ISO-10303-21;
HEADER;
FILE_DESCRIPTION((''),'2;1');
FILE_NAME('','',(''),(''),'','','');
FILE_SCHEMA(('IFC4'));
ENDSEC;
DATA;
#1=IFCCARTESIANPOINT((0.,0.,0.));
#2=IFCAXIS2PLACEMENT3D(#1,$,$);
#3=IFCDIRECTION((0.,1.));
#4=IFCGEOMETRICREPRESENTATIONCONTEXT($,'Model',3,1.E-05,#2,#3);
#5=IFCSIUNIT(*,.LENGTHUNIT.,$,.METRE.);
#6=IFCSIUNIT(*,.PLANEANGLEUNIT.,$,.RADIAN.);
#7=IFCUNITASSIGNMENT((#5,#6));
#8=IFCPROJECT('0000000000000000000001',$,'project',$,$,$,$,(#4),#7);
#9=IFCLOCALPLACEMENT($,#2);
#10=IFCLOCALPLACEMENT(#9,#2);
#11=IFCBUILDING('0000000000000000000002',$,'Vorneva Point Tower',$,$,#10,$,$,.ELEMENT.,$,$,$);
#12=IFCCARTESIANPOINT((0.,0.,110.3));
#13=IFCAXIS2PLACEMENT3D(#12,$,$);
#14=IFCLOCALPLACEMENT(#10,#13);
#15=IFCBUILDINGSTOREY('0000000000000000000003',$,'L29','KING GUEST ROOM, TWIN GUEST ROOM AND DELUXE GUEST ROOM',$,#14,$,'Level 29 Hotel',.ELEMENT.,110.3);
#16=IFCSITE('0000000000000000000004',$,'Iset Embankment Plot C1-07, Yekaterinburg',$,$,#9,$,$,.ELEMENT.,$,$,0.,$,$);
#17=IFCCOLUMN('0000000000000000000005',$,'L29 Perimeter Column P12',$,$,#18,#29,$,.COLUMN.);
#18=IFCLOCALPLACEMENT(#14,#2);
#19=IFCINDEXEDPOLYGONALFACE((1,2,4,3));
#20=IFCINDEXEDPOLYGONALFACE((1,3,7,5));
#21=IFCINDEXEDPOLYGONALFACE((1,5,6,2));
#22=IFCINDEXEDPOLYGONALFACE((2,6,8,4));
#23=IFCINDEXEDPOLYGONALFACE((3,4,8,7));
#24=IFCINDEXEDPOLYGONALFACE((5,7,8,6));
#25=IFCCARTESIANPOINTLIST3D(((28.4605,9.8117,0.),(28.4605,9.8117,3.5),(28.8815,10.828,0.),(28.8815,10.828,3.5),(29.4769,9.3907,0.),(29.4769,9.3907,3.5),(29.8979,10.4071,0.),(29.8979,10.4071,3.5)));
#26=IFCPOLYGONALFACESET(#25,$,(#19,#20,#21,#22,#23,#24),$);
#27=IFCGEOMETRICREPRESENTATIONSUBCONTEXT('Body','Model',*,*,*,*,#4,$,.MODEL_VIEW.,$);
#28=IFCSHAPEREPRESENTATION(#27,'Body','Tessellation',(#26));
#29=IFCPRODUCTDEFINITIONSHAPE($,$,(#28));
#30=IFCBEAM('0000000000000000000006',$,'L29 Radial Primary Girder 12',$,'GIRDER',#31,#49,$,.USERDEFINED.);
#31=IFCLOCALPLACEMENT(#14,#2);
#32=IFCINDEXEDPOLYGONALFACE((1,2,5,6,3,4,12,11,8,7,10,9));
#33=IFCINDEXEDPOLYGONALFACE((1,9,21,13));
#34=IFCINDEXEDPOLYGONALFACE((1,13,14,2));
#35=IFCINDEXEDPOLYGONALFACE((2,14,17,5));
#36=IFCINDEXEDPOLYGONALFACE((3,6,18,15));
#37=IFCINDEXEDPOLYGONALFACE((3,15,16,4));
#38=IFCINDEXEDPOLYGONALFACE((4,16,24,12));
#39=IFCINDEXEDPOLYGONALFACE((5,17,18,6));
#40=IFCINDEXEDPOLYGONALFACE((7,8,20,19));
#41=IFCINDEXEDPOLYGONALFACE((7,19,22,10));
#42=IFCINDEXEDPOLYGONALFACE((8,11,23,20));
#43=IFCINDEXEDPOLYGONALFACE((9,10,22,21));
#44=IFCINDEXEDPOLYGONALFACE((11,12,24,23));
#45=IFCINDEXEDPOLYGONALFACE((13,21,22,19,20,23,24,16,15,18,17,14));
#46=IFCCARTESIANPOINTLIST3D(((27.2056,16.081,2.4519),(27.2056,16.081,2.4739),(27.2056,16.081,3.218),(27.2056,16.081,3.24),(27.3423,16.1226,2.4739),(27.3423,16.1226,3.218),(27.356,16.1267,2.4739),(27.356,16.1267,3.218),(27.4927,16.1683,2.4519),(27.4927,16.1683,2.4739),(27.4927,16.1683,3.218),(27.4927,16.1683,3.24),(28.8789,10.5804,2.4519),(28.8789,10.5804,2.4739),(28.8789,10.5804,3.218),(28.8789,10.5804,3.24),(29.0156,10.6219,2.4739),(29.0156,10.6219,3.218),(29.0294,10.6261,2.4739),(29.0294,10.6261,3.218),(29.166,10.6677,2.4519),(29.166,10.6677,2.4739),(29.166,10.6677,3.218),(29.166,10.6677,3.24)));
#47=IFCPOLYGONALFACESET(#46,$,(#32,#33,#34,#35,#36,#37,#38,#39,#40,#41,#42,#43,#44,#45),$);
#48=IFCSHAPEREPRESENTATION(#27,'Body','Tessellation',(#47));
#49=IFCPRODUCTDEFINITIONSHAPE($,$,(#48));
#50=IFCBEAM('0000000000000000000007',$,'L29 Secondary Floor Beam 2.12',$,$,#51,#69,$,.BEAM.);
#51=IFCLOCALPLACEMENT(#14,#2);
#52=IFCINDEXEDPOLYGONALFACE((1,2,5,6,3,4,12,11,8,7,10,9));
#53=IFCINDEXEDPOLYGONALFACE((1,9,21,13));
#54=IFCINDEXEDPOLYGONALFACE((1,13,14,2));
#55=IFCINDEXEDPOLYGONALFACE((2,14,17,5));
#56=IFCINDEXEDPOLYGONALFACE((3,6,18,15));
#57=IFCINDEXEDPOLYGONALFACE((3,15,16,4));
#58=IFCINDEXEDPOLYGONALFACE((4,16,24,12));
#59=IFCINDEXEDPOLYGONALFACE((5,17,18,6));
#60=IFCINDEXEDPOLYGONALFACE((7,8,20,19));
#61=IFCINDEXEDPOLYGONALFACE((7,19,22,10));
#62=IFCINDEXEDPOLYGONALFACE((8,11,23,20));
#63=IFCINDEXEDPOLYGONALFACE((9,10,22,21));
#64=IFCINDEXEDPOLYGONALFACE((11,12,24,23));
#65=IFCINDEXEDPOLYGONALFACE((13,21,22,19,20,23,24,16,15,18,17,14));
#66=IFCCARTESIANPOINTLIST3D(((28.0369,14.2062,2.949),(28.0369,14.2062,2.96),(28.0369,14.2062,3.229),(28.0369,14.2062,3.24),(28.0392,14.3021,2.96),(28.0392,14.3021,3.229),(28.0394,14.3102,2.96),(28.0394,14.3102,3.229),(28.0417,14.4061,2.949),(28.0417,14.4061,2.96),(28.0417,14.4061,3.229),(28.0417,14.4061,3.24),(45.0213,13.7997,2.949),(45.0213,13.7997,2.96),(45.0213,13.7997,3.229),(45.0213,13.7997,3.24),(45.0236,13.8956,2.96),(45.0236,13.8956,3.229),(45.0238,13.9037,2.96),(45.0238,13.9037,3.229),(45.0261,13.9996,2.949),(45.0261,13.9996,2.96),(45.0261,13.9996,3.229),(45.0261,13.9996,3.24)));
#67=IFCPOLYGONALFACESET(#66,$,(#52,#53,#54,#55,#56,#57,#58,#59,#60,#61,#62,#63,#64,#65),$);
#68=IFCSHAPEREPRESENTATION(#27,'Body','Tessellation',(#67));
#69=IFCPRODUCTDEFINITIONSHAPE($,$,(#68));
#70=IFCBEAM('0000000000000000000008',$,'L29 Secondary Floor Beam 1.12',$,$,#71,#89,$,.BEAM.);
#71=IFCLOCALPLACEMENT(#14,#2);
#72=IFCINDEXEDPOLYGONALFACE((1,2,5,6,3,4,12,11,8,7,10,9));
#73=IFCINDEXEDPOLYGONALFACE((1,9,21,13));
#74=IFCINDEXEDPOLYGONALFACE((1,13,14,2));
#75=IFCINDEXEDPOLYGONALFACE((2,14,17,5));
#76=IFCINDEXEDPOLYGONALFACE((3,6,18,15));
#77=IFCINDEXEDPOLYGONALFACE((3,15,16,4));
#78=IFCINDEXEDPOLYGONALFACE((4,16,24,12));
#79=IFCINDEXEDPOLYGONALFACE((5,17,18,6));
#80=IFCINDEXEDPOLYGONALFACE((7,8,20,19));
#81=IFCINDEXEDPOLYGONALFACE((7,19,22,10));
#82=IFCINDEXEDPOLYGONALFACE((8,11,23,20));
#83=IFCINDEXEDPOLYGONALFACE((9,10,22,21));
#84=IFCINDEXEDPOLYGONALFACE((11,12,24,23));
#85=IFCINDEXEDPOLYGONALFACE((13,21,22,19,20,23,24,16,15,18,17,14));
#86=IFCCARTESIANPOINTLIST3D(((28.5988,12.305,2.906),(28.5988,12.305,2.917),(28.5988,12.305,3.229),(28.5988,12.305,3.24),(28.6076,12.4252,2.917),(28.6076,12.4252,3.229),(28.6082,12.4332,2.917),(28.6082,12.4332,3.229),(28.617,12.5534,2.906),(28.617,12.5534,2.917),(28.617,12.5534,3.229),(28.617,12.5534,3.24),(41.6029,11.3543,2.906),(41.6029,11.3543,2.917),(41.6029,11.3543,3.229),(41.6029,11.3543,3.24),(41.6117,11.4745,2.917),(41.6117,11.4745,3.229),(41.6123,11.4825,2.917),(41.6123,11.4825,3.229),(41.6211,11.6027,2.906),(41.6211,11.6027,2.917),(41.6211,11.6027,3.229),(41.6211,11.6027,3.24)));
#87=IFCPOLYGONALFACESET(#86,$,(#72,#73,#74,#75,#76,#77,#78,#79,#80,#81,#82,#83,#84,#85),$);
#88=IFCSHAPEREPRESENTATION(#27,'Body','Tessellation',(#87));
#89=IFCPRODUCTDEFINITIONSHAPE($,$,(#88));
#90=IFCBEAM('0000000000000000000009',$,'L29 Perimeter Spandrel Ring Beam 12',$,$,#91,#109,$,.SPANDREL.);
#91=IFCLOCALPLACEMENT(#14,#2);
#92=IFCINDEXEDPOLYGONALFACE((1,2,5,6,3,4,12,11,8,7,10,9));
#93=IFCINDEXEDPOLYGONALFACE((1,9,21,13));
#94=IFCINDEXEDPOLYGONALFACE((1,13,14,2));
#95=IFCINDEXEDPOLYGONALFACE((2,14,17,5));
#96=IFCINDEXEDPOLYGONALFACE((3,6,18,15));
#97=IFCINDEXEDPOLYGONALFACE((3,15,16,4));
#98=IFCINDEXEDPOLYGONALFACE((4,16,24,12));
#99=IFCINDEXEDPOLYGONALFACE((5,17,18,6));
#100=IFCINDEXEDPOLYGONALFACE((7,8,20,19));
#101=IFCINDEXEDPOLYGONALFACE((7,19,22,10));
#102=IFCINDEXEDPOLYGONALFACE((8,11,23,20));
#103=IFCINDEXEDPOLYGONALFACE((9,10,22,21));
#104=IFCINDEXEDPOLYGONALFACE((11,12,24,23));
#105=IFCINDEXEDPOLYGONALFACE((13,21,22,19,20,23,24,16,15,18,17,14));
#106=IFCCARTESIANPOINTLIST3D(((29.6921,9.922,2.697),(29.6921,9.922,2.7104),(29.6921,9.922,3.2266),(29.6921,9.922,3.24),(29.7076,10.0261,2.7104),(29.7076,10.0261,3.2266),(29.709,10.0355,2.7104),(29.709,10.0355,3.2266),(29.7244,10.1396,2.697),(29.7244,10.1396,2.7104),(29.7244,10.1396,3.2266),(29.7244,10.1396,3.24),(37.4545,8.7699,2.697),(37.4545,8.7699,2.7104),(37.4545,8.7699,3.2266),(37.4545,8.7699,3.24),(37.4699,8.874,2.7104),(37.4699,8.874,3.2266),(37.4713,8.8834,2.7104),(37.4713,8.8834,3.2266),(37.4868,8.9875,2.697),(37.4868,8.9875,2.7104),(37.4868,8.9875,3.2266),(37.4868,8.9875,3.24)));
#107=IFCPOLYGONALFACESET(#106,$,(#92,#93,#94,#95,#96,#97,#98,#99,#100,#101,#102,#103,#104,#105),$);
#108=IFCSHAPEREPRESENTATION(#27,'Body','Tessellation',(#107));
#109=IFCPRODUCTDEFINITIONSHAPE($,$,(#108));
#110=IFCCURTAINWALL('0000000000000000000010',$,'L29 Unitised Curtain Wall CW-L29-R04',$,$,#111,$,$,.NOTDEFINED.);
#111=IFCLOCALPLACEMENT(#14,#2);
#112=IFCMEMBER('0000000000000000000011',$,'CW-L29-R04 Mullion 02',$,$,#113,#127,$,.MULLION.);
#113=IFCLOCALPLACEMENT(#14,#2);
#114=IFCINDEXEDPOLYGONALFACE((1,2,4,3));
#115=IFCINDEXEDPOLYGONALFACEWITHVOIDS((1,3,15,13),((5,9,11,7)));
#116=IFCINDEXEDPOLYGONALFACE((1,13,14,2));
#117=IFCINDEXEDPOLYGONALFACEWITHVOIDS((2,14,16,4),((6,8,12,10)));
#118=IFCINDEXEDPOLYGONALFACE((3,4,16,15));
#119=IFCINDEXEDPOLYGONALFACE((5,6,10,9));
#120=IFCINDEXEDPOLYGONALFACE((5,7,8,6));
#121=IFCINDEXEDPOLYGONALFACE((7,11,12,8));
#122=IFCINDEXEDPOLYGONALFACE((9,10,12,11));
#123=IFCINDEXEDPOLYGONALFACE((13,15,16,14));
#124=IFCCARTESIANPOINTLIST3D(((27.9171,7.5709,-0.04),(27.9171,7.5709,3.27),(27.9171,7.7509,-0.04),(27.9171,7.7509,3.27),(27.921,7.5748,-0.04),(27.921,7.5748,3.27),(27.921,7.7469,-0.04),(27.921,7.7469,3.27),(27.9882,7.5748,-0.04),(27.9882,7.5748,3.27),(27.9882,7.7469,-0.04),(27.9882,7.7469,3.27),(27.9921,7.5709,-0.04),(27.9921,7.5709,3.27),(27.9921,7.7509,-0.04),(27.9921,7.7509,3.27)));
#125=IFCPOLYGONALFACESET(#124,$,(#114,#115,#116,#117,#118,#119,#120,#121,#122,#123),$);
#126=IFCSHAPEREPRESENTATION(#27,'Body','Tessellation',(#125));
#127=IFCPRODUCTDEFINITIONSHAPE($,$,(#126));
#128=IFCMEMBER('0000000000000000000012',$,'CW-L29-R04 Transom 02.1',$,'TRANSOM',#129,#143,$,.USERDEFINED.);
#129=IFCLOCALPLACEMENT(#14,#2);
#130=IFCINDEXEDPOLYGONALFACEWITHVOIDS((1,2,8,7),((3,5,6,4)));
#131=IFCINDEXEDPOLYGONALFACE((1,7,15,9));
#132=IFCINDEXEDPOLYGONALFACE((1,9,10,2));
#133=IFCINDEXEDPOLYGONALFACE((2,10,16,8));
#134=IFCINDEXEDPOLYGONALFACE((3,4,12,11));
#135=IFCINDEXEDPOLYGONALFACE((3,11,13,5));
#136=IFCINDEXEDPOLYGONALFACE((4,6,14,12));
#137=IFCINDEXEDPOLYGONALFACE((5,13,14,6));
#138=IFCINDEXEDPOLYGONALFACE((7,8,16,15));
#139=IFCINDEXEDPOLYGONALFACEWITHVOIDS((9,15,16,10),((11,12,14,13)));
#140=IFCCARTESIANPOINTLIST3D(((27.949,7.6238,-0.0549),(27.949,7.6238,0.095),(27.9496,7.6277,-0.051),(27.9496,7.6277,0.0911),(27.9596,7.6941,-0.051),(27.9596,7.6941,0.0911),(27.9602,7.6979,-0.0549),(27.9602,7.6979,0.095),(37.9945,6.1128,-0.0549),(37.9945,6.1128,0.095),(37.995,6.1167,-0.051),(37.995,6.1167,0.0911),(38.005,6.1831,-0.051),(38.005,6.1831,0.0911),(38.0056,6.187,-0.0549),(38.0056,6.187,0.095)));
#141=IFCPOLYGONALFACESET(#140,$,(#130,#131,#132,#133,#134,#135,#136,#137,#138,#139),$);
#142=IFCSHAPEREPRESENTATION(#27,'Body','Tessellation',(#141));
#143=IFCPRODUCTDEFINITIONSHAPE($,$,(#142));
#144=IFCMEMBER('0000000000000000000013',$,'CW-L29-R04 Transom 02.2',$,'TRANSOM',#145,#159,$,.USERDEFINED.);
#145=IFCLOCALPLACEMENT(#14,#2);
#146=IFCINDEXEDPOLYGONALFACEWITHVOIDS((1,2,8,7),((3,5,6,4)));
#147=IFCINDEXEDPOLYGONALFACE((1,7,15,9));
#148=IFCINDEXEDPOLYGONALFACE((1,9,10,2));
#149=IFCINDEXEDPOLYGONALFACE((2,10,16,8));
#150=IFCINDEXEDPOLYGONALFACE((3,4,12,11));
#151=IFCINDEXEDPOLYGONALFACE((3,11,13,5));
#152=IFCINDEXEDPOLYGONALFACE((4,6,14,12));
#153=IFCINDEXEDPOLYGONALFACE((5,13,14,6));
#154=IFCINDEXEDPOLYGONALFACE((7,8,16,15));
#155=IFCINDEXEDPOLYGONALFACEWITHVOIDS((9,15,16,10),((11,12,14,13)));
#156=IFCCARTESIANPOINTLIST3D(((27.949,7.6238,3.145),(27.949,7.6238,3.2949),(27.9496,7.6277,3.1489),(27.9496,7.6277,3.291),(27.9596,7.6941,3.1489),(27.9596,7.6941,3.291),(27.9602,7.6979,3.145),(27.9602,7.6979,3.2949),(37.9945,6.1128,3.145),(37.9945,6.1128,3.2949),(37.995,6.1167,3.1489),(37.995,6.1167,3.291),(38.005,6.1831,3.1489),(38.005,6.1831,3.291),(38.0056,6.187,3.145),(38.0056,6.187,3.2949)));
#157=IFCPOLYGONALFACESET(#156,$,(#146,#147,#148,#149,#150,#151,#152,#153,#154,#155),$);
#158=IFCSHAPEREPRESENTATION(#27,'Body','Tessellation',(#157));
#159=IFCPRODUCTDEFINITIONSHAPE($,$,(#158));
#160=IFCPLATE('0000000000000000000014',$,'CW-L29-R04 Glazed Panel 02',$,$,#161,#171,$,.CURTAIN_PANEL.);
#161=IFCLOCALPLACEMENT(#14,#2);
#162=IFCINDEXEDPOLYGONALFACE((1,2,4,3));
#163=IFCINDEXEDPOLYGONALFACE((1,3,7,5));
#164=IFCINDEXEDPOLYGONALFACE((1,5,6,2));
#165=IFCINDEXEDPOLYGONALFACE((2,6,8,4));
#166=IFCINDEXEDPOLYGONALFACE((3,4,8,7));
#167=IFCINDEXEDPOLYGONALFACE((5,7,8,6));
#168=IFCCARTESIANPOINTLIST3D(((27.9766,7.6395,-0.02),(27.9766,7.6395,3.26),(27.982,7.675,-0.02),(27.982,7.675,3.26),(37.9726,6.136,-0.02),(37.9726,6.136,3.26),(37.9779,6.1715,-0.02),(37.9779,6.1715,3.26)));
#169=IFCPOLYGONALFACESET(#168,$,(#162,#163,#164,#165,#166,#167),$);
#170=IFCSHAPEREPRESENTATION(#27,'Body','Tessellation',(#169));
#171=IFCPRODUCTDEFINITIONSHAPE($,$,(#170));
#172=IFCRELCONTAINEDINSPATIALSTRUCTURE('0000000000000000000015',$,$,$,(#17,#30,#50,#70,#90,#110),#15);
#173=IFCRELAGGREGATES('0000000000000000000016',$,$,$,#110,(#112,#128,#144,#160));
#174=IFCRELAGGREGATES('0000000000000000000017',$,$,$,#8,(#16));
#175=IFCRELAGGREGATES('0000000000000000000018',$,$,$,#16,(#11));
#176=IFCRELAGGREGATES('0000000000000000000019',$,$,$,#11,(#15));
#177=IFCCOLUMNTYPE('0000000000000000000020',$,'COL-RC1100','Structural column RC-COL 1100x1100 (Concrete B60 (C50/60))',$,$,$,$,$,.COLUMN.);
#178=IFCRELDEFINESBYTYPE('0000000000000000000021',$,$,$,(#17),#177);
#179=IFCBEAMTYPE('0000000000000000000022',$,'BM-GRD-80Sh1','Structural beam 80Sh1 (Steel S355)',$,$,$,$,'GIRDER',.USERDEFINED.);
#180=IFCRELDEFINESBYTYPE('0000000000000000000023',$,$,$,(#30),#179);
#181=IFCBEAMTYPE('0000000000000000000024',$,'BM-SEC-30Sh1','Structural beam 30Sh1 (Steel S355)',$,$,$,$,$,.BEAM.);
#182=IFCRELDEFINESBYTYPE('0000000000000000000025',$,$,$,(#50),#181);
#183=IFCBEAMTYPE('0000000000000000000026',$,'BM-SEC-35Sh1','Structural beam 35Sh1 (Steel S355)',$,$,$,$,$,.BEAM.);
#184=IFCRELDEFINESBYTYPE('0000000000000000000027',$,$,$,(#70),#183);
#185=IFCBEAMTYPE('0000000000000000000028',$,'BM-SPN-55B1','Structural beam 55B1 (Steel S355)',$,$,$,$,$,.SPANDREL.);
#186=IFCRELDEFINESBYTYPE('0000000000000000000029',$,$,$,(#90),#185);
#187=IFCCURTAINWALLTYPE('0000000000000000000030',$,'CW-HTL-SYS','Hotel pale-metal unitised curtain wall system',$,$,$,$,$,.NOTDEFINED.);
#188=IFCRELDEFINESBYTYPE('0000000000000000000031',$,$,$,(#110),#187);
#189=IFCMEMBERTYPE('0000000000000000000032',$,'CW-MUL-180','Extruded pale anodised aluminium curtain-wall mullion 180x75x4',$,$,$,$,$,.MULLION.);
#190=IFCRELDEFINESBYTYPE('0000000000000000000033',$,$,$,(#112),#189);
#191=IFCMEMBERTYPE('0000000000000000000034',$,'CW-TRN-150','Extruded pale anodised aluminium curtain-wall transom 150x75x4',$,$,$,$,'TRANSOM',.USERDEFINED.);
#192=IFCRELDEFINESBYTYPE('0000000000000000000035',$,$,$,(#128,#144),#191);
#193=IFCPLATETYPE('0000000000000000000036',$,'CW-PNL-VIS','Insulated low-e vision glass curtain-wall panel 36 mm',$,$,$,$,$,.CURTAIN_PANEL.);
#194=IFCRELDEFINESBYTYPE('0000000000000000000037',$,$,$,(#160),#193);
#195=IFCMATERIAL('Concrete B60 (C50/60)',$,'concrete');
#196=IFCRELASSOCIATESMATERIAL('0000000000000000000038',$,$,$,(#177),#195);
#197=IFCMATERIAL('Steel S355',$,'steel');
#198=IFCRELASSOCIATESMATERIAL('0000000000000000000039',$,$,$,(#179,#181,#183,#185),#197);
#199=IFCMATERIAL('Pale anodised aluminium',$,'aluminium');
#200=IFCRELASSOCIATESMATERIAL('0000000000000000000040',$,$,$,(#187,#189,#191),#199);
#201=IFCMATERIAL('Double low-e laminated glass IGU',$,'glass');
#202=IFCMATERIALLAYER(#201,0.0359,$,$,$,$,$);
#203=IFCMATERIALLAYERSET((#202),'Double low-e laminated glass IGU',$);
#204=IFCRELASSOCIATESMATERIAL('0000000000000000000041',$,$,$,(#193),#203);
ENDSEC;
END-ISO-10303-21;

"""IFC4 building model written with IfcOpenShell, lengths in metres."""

from ifc_helpers import new_model, si_unit, direction, frame, origin, origin_2d, place, context, subcontext, project, spatial, rectangle, hollow_rectangle, i_section, extrude, material, layer, layer_set, material_profile, profile_set, type_object, element, aggregate, save


model = new_model("IFC4")

# Units and contexts
model_context = context("Model", 3, precision=1e-05, world=origin(), true_north=direction((0.0, 1.0)))
body_context = subcontext(model_context, "Body", "Model", "MODEL_VIEW")
ifc_project = project(units=[si_unit("LENGTHUNIT", "METRE"), si_unit("PLANEANGLEUNIT", "RADIAN")], contexts=[model_context])

# Site, building, storey
site_placement = place(None, origin())
site = spatial("IfcSite", under=ifc_project, at=site_placement, Name="Iset Embankment Plot C1-07, Yekaterinburg", CompositionType="ELEMENT", RefElevation=0.0)
building_placement = place(site_placement, origin())
building = spatial("IfcBuilding", under=site, at=building_placement, Name="Vorneva Point Tower", CompositionType="ELEMENT")
storey_placement = place(building_placement, frame((0.0, 0.0, 110.3)))
storey = spatial("IfcBuildingStorey", under=building, at=storey_placement, Name="L29", Description="KING GUEST ROOM, TWIN GUEST ROOM AND DELUXE GUEST ROOM", LongName="Level 29 Hotel", CompositionType="ELEMENT", Elevation=110.3)

# Column
ifc_material_1 = material(Name="Concrete B60 (C50/60)", Category="concrete")
ifc_material_profile_1 = material_profile(ifc_material_1, rectangle(XDim=1.1001, YDim=1.1001, at=origin_2d()), Name="RC-COL 1100x1100")
ifc_profile_set_1 = profile_set([ifc_material_profile_1], Name="Concrete B60 (C50/60)")
column_type = type_object("IfcColumnType", Name="COL-RC1100", Description="Structural column RC-COL 1100x1100 (Concrete B60 (C50/60))", PredefinedType="COLUMN", material=ifc_profile_set_1)
column_placement = place(storey_placement, frame((29.1792, 10.1094, 0.0), z_axis=(0.0, 0.0, 1.0), x_axis=(-0.382683, -0.92388, 0.0)))
element("IfcColumn", 1, at=column_placement, inside=storey, type_object=column_type, Name="L29 Perimeter Column P12", PredefinedType="COLUMN", context=body_context, shape_type="SweptSolid", body=[
    extrude(rectangle(XDim=1.1001, YDim=1.1001, at=origin_2d()), origin(), (0.0, 0.0, 1.0), 3.5),
])

# Beams
ifc_material_2 = material(Name="Steel S355", Category="steel")
ifc_material_profile_2 = material_profile(ifc_material_2, i_section(OverallWidth=0.3, OverallDepth=0.7881, WebThickness=0.0144, FlangeThickness=0.022, at=origin_2d()), Name="80Sh1")
ifc_profile_set_2 = profile_set([ifc_material_profile_2], Name="Steel S355")
beam_type_1 = type_object("IfcBeamType", Name="BM-GRD-80Sh1", Description="Structural beam 80Sh1 (Steel S355)", ElementType="GIRDER", PredefinedType="USERDEFINED", material=ifc_profile_set_2)
beam_1_placement = place(storey_placement, frame((29.0225, 10.624, 2.8459), z_axis=(-0.291035, 0.956712, 0.0), x_axis=(-0.956712, -0.291035, 0.0)))
element("IfcBeam", 2, at=beam_1_placement, inside=storey, type_object=beam_type_1, Name="L29 Radial Primary Girder 12", ObjectType="GIRDER", PredefinedType="USERDEFINED", context=body_context, shape_type="SweptSolid", body=[
    extrude(i_section(OverallWidth=0.3, OverallDepth=0.7881, WebThickness=0.0144, FlangeThickness=0.022, at=origin_2d()), origin(), (0.0, 0.0, 1.0), 5.7495),
])
ifc_material_profile_3 = material_profile(ifc_material_2, i_section(OverallWidth=0.2, OverallDepth=0.291, WebThickness=0.0081, FlangeThickness=0.011, at=origin_2d()), Name="30Sh1")
ifc_profile_set_3 = profile_set([ifc_material_profile_3], Name="Steel S355")
beam_type_2 = type_object("IfcBeamType", Name="BM-SEC-30Sh1", Description="Structural beam 30Sh1 (Steel S355)", PredefinedType="BEAM", material=ifc_profile_set_3)
beam_2_placement = place(storey_placement, frame((28.0393, 14.3062, 3.0945), z_axis=(0.999714, -0.023927, 0.0), x_axis=(0.023927, 0.999714, 0.0)))
element("IfcBeam", 3, at=beam_2_placement, inside=storey, type_object=beam_type_2, Name="L29 Secondary Floor Beam 2.12", PredefinedType="BEAM", context=body_context, shape_type="SweptSolid", body=[
    extrude(i_section(OverallWidth=0.2, OverallDepth=0.291, WebThickness=0.0081, FlangeThickness=0.011, at=origin_2d()), origin(), (0.0, 0.0, 1.0), 16.9893),
])
ifc_material_profile_4 = material_profile(ifc_material_2, i_section(OverallWidth=0.249, OverallDepth=0.334, WebThickness=0.0081, FlangeThickness=0.011, at=origin_2d()), Name="35Sh1")
ifc_profile_set_4 = profile_set([ifc_material_profile_4], Name="Steel S355")
beam_type_3 = type_object("IfcBeamType", Name="BM-SEC-35Sh1", Description="Structural beam 35Sh1 (Steel S355)", PredefinedType="BEAM", material=ifc_profile_set_4)
beam_3_placement = place(storey_placement, frame((28.6079, 12.4292, 3.073), z_axis=(0.997338, -0.072912, 0.0), x_axis=(0.072912, 0.997338, 0.0)))
element("IfcBeam", 4, at=beam_3_placement, inside=storey, type_object=beam_type_3, Name="L29 Secondary Floor Beam 1.12", PredefinedType="BEAM", context=body_context, shape_type="SweptSolid", body=[
    extrude(i_section(OverallWidth=0.249, OverallDepth=0.334, WebThickness=0.0081, FlangeThickness=0.011, at=origin_2d()), origin(), (0.0, 0.0, 1.0), 13.0388),
])
ifc_material_profile_5 = material_profile(ifc_material_2, i_section(OverallWidth=0.22, OverallDepth=0.543, WebThickness=0.0095, FlangeThickness=0.0134, at=origin_2d()), Name="55B1")
ifc_profile_set_5 = profile_set([ifc_material_profile_5], Name="Steel S355")
beam_type_4 = type_object("IfcBeamType", Name="BM-SPN-55B1", Description="Structural beam 55B1 (Steel S355)", PredefinedType="SPANDREL", material=ifc_profile_set_5)
beam_4_placement = place(storey_placement, frame((29.7083, 10.0308, 2.9685), z_axis=(0.989165, -0.146811, 0.0), x_axis=(0.146811, 0.989165, 0.0)))
element("IfcBeam", 5, at=beam_4_placement, inside=storey, type_object=beam_type_4, Name="L29 Perimeter Spandrel Ring Beam 12", PredefinedType="SPANDREL", context=body_context, shape_type="SweptSolid", body=[
    extrude(i_section(OverallWidth=0.22, OverallDepth=0.543, WebThickness=0.0095, FlangeThickness=0.0134, at=origin_2d()), origin(), (0.0, 0.0, 1.0), 7.8474),
])

# Curtain wall, members, plate
ifc_material_3 = material(Name="Pale anodised aluminium", Category="aluminium")
curtain_wall_type = type_object("IfcCurtainWallType", Name="CW-HTL-SYS", Description="Hotel pale-metal unitised curtain wall system", PredefinedType="NOTDEFINED", material=ifc_material_3)
curtain_wall_placement = place(storey_placement, origin())
curtain_wall = element("IfcCurtainWall", 6, at=curtain_wall_placement, inside=storey, type_object=curtain_wall_type, Name="L29 Unitised Curtain Wall CW-L29-R04", PredefinedType="NOTDEFINED")
ifc_material_profile_6 = material_profile(ifc_material_3, hollow_rectangle(XDim=0.075, YDim=0.1799, WallThickness=0.0039, at=origin_2d()), Name="AL-MUL 180x75x4")
ifc_profile_set_6 = profile_set([ifc_material_profile_6], Name="Pale anodised aluminium")
member_type_1 = type_object("IfcMemberType", Name="CW-MUL-180", Description="Extruded pale anodised aluminium curtain-wall mullion 180x75x4", PredefinedType="MULLION", material=ifc_profile_set_6)
member_1_placement = place(storey_placement, frame((27.9546, 7.6609, -0.04), z_axis=(0.0, 0.0, 1.0), x_axis=(1.0, 0.0, 0.0)))
member_1 = element("IfcMember", 7, at=member_1_placement, type_object=member_type_1, Name="CW-L29-R04 Mullion 02", PredefinedType="MULLION", context=body_context, shape_type="SweptSolid", body=[
    extrude(hollow_rectangle(XDim=0.075, YDim=0.1799, WallThickness=0.0039, at=origin_2d()), origin(), (0.0, 0.0, 1.0), 3.3101),
])
ifc_material_profile_7 = material_profile(ifc_material_3, hollow_rectangle(XDim=0.075, YDim=0.1499, WallThickness=0.0039, at=origin_2d()), Name="AL-TRN 150x75x4")
ifc_profile_set_7 = profile_set([ifc_material_profile_7], Name="Pale anodised aluminium")
member_type_2 = type_object("IfcMemberType", Name="CW-TRN-150", Description="Extruded pale anodised aluminium curtain-wall transom 150x75x4", ElementType="TRANSOM", PredefinedType="USERDEFINED", material=ifc_profile_set_7)
member_2_placement = place(storey_placement, frame((27.9546, 7.6609, 0.02), z_axis=(0.988876, -0.148742, 0.0), x_axis=(0.148742, 0.988876, 0.0)))
member_2 = element("IfcMember", 8, at=member_2_placement, type_object=member_type_2, Name="CW-L29-R04 Transom 02.1", ObjectType="TRANSOM", PredefinedType="USERDEFINED", context=body_context, shape_type="SweptSolid", body=[
    extrude(hollow_rectangle(XDim=0.075, YDim=0.1499, WallThickness=0.0039, at=origin_2d()), origin(), (0.0, 0.0, 1.0), 10.1584),
])
member_3_placement = place(storey_placement, frame((27.9546, 7.6609, 3.22), z_axis=(0.988876, -0.148742, 0.0), x_axis=(0.148742, 0.988876, 0.0)))
member_3 = element("IfcMember", 9, at=member_3_placement, type_object=member_type_2, Name="CW-L29-R04 Transom 02.2", ObjectType="TRANSOM", PredefinedType="USERDEFINED", context=body_context, shape_type="SweptSolid", body=[
    extrude(hollow_rectangle(XDim=0.075, YDim=0.1499, WallThickness=0.0039, at=origin_2d()), origin(), (0.0, 0.0, 1.0), 10.1584),
])
ifc_material_4 = material(Name="Double low-e laminated glass IGU", Category="glass")
ifc_layer_1 = layer(ifc_material_4, 0.0359)
ifc_layer_set_1 = layer_set([ifc_layer_1], Name="Double low-e laminated glass IGU")
plate_type = type_object("IfcPlateType", Name="CW-PNL-VIS", Description="Insulated low-e vision glass curtain-wall panel 36 mm", PredefinedType="CURTAIN_PANEL", material=ifc_layer_set_1)
plate_placement = place(storey_placement, frame((32.9773, 6.9055, -0.02), z_axis=(0.0, 0.0, 1.0), x_axis=(0.988876, -0.148741, 0.0)))
plate = element("IfcPlate", 10, at=plate_placement, type_object=plate_type, Name="CW-L29-R04 Glazed Panel 02", PredefinedType="CURTAIN_PANEL", context=body_context, shape_type="SweptSolid", body=[
    extrude(rectangle(XDim=10.1084, YDim=0.0359, at=origin_2d()), origin(), (0.0, 0.0, 1.0), 3.28),
])
aggregate(curtain_wall, [member_1, member_2, member_3, plate])

save(model, "model.ifc")
